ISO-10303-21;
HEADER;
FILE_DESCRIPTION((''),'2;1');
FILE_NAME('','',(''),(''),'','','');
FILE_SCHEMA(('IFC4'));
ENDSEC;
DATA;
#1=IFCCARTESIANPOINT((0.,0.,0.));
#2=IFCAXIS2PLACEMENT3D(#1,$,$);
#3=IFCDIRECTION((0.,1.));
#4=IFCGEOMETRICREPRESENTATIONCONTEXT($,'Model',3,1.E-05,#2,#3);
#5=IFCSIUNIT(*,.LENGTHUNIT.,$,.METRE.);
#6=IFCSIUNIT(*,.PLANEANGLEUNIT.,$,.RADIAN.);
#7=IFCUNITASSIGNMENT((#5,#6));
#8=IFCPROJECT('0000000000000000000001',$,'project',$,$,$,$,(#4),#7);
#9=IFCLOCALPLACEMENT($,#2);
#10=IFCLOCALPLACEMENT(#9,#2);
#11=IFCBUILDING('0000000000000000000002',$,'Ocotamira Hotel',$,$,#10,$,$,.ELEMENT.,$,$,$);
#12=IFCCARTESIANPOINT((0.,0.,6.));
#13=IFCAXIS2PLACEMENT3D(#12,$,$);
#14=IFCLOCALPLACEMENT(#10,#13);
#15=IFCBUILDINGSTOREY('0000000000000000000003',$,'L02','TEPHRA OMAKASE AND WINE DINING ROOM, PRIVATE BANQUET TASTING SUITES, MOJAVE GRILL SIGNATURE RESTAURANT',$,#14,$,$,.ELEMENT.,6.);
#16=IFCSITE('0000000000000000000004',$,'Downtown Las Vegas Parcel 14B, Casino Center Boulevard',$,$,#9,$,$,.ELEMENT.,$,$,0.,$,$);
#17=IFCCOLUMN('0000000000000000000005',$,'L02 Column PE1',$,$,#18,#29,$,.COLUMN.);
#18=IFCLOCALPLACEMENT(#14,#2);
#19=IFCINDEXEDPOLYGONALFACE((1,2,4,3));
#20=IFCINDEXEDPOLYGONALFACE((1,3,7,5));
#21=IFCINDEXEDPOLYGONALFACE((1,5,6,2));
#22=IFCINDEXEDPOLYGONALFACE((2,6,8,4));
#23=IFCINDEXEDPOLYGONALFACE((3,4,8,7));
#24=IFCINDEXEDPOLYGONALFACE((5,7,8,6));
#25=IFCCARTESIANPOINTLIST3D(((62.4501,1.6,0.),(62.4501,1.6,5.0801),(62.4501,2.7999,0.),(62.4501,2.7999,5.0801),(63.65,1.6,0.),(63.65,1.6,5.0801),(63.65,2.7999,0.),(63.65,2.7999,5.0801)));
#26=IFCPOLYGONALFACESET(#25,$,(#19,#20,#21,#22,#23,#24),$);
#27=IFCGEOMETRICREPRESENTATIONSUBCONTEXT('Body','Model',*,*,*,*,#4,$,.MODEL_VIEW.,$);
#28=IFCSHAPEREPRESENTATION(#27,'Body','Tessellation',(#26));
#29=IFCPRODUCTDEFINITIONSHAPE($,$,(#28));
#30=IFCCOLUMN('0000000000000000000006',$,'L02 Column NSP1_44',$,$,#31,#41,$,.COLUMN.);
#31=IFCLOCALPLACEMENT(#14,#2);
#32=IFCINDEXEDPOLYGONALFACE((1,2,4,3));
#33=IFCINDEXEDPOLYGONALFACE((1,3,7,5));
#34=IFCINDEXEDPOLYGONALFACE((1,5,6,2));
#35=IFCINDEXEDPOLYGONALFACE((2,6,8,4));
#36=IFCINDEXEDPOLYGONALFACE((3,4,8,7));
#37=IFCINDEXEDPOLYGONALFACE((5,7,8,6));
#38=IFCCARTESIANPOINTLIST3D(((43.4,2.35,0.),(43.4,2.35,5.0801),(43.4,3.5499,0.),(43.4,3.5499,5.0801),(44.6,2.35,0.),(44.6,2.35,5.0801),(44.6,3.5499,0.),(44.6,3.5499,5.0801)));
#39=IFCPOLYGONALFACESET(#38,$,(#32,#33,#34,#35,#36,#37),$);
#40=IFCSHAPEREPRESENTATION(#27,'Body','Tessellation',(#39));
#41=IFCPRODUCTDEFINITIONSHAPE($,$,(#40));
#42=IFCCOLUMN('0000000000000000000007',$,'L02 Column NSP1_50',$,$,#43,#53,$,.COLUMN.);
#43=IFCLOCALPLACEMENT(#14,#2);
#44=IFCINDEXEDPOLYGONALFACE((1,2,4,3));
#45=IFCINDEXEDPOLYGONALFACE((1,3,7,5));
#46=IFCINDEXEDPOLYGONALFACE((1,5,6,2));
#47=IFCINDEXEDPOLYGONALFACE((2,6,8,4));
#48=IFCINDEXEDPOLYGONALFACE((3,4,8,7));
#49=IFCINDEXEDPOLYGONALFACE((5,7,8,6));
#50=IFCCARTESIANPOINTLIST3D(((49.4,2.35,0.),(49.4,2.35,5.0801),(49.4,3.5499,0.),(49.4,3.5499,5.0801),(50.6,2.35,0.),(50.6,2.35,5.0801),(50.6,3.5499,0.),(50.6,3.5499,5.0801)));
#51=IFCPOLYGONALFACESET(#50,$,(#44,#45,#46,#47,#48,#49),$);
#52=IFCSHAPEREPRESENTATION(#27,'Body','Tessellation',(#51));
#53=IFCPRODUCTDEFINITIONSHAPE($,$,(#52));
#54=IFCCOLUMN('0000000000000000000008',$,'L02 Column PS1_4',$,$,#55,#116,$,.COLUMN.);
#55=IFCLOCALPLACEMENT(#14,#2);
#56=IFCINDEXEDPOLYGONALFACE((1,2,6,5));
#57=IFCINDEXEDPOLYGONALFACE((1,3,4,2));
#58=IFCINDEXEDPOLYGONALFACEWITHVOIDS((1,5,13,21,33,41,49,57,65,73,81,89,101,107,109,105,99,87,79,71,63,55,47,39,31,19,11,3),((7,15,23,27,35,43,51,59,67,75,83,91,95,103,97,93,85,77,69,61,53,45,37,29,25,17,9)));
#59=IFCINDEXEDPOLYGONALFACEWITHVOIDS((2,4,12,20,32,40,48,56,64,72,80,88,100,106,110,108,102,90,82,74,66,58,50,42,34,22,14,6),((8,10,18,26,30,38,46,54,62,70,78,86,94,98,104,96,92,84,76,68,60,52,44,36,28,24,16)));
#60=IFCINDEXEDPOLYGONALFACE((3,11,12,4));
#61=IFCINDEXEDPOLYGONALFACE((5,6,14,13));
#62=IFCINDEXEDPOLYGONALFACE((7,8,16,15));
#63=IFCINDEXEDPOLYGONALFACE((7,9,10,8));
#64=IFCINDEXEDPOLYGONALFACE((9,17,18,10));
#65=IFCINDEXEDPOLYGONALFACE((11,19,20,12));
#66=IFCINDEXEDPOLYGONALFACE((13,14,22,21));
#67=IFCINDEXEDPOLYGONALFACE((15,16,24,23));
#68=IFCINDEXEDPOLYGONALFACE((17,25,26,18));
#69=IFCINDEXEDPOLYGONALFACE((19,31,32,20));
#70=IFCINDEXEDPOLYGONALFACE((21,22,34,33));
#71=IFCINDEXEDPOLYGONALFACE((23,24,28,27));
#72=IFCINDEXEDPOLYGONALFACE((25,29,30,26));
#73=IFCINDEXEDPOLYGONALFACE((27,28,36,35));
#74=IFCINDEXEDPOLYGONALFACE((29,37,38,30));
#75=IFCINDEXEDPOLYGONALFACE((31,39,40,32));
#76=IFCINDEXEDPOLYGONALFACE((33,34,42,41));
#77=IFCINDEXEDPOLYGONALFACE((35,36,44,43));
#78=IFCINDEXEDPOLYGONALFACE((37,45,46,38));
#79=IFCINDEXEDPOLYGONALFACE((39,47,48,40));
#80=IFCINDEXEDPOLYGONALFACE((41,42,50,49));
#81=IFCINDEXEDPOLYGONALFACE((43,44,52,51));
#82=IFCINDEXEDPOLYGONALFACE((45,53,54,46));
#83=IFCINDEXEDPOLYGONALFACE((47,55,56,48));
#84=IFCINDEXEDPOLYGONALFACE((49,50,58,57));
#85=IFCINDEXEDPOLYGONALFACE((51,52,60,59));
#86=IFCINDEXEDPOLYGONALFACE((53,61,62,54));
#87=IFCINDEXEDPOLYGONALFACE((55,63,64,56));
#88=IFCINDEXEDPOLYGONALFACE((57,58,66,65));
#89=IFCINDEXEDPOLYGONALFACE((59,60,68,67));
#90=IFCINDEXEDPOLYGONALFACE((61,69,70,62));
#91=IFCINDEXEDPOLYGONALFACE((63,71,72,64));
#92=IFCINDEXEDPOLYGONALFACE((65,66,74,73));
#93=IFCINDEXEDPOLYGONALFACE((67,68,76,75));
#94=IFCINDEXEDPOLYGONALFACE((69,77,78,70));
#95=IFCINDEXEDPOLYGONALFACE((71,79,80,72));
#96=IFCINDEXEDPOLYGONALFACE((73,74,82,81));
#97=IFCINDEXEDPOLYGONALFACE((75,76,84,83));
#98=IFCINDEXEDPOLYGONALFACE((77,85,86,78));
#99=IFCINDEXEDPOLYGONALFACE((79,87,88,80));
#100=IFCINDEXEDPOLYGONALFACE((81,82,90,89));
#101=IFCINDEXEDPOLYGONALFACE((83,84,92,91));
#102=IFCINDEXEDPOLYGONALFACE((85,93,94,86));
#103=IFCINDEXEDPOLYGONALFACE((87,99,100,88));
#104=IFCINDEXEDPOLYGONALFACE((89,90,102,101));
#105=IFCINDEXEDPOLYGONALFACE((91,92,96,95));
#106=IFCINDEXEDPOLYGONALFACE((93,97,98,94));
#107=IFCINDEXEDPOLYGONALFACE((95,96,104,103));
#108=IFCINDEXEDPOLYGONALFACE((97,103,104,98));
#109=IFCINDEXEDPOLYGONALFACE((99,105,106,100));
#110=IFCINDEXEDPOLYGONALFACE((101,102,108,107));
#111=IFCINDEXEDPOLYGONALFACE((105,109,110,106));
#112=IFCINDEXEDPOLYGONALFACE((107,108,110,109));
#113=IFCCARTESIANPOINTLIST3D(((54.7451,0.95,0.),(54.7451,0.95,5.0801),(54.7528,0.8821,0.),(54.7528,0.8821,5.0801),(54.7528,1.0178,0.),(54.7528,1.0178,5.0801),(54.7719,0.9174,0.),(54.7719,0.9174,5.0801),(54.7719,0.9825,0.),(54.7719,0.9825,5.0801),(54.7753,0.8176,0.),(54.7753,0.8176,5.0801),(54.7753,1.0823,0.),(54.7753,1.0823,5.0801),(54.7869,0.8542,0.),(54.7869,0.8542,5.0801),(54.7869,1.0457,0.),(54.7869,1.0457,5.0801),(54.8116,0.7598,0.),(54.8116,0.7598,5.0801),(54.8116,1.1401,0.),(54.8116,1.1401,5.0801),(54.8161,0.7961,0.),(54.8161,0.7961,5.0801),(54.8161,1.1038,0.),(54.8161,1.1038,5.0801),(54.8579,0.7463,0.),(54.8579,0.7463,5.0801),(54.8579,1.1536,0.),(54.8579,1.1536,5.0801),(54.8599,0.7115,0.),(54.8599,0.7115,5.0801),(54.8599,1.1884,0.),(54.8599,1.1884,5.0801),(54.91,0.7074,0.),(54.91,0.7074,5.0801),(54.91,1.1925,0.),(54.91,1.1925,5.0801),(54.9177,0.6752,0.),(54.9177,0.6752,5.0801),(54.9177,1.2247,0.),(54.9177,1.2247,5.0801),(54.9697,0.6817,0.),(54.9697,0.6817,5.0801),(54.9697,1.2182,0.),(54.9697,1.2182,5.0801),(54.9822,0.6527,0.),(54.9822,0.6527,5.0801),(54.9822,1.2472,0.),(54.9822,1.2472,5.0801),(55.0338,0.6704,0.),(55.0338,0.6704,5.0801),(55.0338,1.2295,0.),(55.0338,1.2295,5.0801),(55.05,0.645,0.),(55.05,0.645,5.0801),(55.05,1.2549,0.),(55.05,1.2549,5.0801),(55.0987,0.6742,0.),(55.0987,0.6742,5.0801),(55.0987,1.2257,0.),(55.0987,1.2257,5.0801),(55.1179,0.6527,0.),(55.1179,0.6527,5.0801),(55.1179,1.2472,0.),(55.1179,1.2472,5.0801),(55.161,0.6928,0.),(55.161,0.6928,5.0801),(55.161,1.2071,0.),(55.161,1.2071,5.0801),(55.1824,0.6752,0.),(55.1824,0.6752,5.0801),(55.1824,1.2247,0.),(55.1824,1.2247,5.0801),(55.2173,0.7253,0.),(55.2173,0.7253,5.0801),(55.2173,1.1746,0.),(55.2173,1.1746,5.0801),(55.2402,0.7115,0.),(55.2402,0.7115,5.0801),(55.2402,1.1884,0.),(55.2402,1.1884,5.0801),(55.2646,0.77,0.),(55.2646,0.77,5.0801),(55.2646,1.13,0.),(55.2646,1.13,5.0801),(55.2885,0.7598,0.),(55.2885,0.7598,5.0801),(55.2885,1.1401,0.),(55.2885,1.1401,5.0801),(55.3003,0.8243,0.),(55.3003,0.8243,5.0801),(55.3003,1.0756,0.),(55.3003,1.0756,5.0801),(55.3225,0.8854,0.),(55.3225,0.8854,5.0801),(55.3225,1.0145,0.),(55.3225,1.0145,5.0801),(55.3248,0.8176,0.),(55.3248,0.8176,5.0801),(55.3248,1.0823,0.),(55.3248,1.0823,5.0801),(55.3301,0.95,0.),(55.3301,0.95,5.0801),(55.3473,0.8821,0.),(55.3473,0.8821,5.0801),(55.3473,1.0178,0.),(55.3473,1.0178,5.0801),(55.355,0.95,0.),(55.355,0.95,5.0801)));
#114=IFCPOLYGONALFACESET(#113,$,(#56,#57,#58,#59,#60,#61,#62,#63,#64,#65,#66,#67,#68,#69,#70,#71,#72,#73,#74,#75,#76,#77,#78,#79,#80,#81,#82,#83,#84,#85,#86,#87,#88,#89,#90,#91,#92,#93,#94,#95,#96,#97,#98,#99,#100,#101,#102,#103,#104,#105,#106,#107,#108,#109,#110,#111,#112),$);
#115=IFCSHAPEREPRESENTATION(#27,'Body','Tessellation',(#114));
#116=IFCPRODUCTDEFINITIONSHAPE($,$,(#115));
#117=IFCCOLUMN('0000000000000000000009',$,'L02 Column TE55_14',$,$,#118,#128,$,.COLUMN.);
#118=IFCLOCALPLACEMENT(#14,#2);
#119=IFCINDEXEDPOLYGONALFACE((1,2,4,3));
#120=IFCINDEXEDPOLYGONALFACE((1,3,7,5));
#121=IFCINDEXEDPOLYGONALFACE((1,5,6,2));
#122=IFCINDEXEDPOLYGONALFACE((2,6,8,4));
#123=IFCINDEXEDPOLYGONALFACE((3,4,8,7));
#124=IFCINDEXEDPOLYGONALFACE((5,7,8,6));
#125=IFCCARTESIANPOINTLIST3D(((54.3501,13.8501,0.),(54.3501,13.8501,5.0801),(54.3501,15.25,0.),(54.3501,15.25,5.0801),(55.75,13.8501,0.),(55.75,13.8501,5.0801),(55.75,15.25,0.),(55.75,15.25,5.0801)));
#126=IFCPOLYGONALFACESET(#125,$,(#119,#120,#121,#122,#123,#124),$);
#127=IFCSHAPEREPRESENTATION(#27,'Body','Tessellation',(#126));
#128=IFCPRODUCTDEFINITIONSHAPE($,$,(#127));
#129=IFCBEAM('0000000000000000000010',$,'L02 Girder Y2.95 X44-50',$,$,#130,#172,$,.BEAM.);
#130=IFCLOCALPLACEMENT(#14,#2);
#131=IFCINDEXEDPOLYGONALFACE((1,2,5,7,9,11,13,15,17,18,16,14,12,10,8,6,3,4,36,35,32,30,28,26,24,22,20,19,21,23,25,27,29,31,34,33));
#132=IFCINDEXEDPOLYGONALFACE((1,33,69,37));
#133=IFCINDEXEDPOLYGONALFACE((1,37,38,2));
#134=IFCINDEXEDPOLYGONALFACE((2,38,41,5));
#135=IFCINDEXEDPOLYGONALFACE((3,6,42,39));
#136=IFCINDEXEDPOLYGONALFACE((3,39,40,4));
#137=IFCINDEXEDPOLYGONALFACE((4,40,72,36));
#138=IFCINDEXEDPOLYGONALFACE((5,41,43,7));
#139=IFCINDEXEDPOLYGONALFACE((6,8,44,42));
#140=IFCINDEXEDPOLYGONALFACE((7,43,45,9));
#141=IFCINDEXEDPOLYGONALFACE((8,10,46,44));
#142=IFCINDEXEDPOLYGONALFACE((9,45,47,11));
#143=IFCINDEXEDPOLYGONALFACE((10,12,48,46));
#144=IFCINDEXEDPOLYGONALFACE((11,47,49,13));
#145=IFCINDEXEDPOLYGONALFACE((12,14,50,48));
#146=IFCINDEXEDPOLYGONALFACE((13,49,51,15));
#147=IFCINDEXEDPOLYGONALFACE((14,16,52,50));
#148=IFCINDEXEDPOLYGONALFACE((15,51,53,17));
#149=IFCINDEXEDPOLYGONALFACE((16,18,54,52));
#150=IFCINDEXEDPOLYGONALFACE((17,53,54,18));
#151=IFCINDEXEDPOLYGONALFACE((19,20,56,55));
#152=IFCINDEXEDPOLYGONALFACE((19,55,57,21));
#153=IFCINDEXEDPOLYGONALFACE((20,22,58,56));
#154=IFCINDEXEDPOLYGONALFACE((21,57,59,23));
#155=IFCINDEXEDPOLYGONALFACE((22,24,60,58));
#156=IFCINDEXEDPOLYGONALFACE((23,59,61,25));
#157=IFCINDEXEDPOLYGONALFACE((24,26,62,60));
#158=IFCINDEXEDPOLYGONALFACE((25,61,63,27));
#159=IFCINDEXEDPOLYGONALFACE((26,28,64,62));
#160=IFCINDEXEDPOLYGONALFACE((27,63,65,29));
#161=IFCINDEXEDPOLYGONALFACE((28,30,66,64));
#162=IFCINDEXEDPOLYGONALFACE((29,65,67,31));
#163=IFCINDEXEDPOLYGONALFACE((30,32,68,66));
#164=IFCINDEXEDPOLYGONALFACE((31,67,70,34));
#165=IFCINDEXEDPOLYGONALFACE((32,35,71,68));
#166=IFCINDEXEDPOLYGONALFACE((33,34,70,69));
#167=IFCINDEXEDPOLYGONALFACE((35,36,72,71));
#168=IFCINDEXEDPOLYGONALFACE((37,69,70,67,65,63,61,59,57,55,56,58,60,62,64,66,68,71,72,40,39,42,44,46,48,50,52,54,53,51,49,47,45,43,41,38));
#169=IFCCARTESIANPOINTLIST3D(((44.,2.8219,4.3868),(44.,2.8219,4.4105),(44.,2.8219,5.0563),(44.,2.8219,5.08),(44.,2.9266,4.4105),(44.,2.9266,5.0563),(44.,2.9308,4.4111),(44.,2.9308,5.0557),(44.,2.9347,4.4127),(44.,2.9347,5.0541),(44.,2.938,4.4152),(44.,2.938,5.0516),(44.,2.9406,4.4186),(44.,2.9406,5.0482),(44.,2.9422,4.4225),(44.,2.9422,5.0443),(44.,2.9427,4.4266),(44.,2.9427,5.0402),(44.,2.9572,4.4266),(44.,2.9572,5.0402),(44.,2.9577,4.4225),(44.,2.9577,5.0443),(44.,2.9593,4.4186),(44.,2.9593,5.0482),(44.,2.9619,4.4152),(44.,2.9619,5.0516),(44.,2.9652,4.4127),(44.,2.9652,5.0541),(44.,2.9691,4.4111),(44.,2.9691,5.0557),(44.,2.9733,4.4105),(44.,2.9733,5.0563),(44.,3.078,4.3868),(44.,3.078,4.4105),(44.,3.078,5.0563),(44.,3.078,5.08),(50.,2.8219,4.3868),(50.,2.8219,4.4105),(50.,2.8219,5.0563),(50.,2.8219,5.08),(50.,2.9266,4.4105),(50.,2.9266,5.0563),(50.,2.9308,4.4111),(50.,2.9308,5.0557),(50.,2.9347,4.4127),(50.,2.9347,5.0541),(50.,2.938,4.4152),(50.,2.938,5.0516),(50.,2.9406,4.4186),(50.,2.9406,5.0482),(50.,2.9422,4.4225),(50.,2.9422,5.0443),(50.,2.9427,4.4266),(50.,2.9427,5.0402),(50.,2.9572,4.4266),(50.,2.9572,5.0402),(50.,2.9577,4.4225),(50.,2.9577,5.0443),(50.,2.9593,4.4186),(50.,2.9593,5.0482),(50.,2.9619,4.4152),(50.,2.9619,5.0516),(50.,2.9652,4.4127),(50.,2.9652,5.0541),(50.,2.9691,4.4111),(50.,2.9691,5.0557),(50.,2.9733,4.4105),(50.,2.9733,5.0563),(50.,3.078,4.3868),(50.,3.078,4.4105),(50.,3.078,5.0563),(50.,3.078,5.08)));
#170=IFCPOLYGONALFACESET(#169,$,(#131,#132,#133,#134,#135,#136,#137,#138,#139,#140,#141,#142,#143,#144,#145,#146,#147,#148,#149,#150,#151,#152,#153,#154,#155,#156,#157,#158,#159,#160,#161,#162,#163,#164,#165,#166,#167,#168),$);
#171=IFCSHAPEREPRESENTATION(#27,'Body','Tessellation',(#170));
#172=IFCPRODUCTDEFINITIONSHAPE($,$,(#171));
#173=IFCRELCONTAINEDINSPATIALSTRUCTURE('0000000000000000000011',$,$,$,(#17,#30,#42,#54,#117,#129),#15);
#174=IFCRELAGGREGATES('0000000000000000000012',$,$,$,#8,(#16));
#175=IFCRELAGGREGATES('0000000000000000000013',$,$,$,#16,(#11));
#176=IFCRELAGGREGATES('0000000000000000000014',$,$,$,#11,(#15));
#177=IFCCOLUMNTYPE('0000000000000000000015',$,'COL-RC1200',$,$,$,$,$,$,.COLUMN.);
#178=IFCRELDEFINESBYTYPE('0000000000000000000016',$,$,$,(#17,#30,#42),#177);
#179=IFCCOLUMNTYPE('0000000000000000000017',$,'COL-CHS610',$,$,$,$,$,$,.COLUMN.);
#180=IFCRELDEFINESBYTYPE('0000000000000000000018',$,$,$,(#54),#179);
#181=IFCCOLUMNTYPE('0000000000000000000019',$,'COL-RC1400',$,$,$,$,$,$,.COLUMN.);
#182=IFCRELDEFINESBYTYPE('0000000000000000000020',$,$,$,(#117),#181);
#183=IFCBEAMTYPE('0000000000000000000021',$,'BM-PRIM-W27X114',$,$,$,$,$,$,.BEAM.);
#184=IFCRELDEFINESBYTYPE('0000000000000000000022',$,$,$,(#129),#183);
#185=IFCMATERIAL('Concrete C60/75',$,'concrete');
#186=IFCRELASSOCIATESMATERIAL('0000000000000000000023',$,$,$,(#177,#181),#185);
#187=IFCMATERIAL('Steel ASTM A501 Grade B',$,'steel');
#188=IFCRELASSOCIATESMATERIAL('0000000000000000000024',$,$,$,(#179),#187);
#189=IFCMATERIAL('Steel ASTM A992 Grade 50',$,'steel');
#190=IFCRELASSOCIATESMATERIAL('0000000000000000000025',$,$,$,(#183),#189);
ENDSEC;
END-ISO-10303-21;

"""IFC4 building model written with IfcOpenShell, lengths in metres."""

from ifc_helpers import new_model, si_unit, direction, frame, origin, origin_2d, place, context, subcontext, project, spatial, rectangle, hollow_circle, i_section, extrude, source, transform, mapped, material, material_profile, profile_set, type_object, element, save


model = new_model("IFC4")

# Units and contexts
model_context = context("Model", 3, precision=1e-05, world=origin(), true_north=direction((0.0, 1.0)))
body_context = subcontext(model_context, "Body", "Model", "MODEL_VIEW")
ifc_project = project(units=[si_unit("LENGTHUNIT", "METRE"), si_unit("PLANEANGLEUNIT", "RADIAN")], contexts=[model_context])

# Site, building, storey
site_placement = place(None, origin())
site = spatial("IfcSite", under=ifc_project, at=site_placement, Name="Downtown Las Vegas Parcel 14B, Casino Center Boulevard", CompositionType="ELEMENT", RefElevation=0.0)
building_placement = place(site_placement, origin())
building = spatial("IfcBuilding", under=site, at=building_placement, Name="Ocotamira Hotel", CompositionType="ELEMENT")
storey_placement = place(building_placement, frame((0.0, 0.0, 6.0)))
storey = spatial("IfcBuildingStorey", under=building, at=storey_placement, Name="L02", Description="TEPHRA OMAKASE AND WINE DINING ROOM, PRIVATE BANQUET TASTING SUITES, MOJAVE GRILL SIGNATURE RESTAURANT", CompositionType="ELEMENT", Elevation=6.0)

# Columns
ifc_material_1 = material(Name="Concrete C60/75", Category="concrete")
ifc_material_profile_1 = material_profile(ifc_material_1, rectangle(XDim=1.2, YDim=1.2, at=origin_2d()), Name="RC1200X1200")
ifc_profile_set_1 = profile_set([ifc_material_profile_1], Name="Concrete C60/75")
column_type_1 = type_object("IfcColumnType", Name="COL-RC1200", PredefinedType="COLUMN", material=ifc_profile_set_1)
shared_shape_1 = source(origin(), body_context, "Body", "SweptSolid", [
    extrude(rectangle(XDim=1.2, YDim=1.2, at=origin_2d()), origin(), (0.0, 0.0, 1.0), 5.0801),
])
for number, where, z_axis, x_axis, name in (
    (1, (63.05, 2.2, 0.0), (0.0, 0.0, 1.0), (1.0, 0.0, 0.0), "L02 Column PE1"),
    (2, (44.0, 2.95, 0.0), (0.0, 0.0, 1.0), (1.0, 0.0, 0.0), "L02 Column NSP1_44"),
    (3, (50.0, 2.95, 0.0), (0.0, 0.0, 1.0), (1.0, 0.0, 0.0), "L02 Column NSP1_50"),
):
    element("IfcColumn", number, at=place(storey_placement, frame(where, z_axis=z_axis, x_axis=x_axis)), inside=storey, type_object=column_type_1, Name=name, PredefinedType="COLUMN", context=body_context, shape_type="MappedRepresentation", body=[
        mapped(shared_shape_1, transform((0.0, 0.0, 0.0), scale=1.0)),
    ])
ifc_material_2 = material(Name="Steel ASTM A501 Grade B", Category="steel")
ifc_material_profile_2 = material_profile(ifc_material_2, hollow_circle(Radius=0.3049, WallThickness=0.0249, at=origin_2d()), Name="CHS610X25")
ifc_profile_set_2 = profile_set([ifc_material_profile_2], Name="Steel ASTM A501 Grade B")
column_type_2 = type_object("IfcColumnType", Name="COL-CHS610", PredefinedType="COLUMN", material=ifc_profile_set_2)
shared_shape_2 = source(origin(), body_context, "Body", "SweptSolid", [
    extrude(hollow_circle(Radius=0.3049, WallThickness=0.0249, at=origin_2d()), origin(), (0.0, 0.0, 1.0), 5.0801),
])
column_1_placement = place(storey_placement, frame((55.05, 0.95, 0.0), z_axis=(0.0, 0.0, 1.0), x_axis=(1.0, 0.0, 0.0)))
element("IfcColumn", 4, at=column_1_placement, inside=storey, type_object=column_type_2, Name="L02 Column PS1_4", PredefinedType="COLUMN", context=body_context, shape_type="MappedRepresentation", body=[
    mapped(shared_shape_2, transform((0.0, 0.0, 0.0), scale=1.0)),
])
ifc_material_profile_3 = material_profile(ifc_material_1, rectangle(XDim=1.3999, YDim=1.3999, at=origin_2d()), Name="RC1400X1400")
ifc_profile_set_3 = profile_set([ifc_material_profile_3], Name="Concrete C60/75")
column_type_3 = type_object("IfcColumnType", Name="COL-RC1400", PredefinedType="COLUMN", material=ifc_profile_set_3)
shared_shape_3 = source(origin(), body_context, "Body", "SweptSolid", [
    extrude(rectangle(XDim=1.3999, YDim=1.3999, at=origin_2d()), origin(), (0.0, 0.0, 1.0), 5.0801),
])
column_2_placement = place(storey_placement, frame((55.05, 14.55, 0.0), z_axis=(0.0, 0.0, 1.0), x_axis=(1.0, 0.0, 0.0)))
element("IfcColumn", 5, at=column_2_placement, inside=storey, type_object=column_type_3, Name="L02 Column TE55_14", PredefinedType="COLUMN", context=body_context, shape_type="MappedRepresentation", body=[
    mapped(shared_shape_3, transform((0.0, 0.0, 0.0), scale=1.0)),
])

# Beam
ifc_material_3 = material(Name="Steel ASTM A992 Grade 50", Category="steel")
ifc_material_profile_4 = material_profile(ifc_material_3, i_section(OverallWidth=0.2561, OverallDepth=0.6931, WebThickness=0.0144, FlangeThickness=0.0237, FilletRadius=0.0161, at=origin_2d()), Name="W27X114")
ifc_profile_set_4 = profile_set([ifc_material_profile_4], Name="Steel ASTM A992 Grade 50")
beam_type_1 = type_object("IfcBeamType", Name="BM-PRIM-W27X114", PredefinedType="BEAM", material=ifc_profile_set_4)
shared_shape_4 = source(origin(), body_context, "Body", "SweptSolid", [
    extrude(i_section(OverallWidth=0.2561, OverallDepth=0.6931, WebThickness=0.0144, FlangeThickness=0.0237, FilletRadius=0.0161, at=origin_2d()), origin(), (0.0, 0.0, 1.0), 6.0),
])
beam_1_placement = place(storey_placement, frame((44.0, 2.95, 4.7334), z_axis=(1.0, 0.0, 0.0), x_axis=(0.0, 1.0, 0.0)))
element("IfcBeam", 6, at=beam_1_placement, inside=storey, type_object=beam_type_1, Name="L02 Girder Y2.95 X44-50", PredefinedType="BEAM", context=body_context, shape_type="MappedRepresentation", body=[
    mapped(shared_shape_4, transform((0.0, 0.0, 0.0), scale=1.0)),
])

save(model, "model.ifc")
